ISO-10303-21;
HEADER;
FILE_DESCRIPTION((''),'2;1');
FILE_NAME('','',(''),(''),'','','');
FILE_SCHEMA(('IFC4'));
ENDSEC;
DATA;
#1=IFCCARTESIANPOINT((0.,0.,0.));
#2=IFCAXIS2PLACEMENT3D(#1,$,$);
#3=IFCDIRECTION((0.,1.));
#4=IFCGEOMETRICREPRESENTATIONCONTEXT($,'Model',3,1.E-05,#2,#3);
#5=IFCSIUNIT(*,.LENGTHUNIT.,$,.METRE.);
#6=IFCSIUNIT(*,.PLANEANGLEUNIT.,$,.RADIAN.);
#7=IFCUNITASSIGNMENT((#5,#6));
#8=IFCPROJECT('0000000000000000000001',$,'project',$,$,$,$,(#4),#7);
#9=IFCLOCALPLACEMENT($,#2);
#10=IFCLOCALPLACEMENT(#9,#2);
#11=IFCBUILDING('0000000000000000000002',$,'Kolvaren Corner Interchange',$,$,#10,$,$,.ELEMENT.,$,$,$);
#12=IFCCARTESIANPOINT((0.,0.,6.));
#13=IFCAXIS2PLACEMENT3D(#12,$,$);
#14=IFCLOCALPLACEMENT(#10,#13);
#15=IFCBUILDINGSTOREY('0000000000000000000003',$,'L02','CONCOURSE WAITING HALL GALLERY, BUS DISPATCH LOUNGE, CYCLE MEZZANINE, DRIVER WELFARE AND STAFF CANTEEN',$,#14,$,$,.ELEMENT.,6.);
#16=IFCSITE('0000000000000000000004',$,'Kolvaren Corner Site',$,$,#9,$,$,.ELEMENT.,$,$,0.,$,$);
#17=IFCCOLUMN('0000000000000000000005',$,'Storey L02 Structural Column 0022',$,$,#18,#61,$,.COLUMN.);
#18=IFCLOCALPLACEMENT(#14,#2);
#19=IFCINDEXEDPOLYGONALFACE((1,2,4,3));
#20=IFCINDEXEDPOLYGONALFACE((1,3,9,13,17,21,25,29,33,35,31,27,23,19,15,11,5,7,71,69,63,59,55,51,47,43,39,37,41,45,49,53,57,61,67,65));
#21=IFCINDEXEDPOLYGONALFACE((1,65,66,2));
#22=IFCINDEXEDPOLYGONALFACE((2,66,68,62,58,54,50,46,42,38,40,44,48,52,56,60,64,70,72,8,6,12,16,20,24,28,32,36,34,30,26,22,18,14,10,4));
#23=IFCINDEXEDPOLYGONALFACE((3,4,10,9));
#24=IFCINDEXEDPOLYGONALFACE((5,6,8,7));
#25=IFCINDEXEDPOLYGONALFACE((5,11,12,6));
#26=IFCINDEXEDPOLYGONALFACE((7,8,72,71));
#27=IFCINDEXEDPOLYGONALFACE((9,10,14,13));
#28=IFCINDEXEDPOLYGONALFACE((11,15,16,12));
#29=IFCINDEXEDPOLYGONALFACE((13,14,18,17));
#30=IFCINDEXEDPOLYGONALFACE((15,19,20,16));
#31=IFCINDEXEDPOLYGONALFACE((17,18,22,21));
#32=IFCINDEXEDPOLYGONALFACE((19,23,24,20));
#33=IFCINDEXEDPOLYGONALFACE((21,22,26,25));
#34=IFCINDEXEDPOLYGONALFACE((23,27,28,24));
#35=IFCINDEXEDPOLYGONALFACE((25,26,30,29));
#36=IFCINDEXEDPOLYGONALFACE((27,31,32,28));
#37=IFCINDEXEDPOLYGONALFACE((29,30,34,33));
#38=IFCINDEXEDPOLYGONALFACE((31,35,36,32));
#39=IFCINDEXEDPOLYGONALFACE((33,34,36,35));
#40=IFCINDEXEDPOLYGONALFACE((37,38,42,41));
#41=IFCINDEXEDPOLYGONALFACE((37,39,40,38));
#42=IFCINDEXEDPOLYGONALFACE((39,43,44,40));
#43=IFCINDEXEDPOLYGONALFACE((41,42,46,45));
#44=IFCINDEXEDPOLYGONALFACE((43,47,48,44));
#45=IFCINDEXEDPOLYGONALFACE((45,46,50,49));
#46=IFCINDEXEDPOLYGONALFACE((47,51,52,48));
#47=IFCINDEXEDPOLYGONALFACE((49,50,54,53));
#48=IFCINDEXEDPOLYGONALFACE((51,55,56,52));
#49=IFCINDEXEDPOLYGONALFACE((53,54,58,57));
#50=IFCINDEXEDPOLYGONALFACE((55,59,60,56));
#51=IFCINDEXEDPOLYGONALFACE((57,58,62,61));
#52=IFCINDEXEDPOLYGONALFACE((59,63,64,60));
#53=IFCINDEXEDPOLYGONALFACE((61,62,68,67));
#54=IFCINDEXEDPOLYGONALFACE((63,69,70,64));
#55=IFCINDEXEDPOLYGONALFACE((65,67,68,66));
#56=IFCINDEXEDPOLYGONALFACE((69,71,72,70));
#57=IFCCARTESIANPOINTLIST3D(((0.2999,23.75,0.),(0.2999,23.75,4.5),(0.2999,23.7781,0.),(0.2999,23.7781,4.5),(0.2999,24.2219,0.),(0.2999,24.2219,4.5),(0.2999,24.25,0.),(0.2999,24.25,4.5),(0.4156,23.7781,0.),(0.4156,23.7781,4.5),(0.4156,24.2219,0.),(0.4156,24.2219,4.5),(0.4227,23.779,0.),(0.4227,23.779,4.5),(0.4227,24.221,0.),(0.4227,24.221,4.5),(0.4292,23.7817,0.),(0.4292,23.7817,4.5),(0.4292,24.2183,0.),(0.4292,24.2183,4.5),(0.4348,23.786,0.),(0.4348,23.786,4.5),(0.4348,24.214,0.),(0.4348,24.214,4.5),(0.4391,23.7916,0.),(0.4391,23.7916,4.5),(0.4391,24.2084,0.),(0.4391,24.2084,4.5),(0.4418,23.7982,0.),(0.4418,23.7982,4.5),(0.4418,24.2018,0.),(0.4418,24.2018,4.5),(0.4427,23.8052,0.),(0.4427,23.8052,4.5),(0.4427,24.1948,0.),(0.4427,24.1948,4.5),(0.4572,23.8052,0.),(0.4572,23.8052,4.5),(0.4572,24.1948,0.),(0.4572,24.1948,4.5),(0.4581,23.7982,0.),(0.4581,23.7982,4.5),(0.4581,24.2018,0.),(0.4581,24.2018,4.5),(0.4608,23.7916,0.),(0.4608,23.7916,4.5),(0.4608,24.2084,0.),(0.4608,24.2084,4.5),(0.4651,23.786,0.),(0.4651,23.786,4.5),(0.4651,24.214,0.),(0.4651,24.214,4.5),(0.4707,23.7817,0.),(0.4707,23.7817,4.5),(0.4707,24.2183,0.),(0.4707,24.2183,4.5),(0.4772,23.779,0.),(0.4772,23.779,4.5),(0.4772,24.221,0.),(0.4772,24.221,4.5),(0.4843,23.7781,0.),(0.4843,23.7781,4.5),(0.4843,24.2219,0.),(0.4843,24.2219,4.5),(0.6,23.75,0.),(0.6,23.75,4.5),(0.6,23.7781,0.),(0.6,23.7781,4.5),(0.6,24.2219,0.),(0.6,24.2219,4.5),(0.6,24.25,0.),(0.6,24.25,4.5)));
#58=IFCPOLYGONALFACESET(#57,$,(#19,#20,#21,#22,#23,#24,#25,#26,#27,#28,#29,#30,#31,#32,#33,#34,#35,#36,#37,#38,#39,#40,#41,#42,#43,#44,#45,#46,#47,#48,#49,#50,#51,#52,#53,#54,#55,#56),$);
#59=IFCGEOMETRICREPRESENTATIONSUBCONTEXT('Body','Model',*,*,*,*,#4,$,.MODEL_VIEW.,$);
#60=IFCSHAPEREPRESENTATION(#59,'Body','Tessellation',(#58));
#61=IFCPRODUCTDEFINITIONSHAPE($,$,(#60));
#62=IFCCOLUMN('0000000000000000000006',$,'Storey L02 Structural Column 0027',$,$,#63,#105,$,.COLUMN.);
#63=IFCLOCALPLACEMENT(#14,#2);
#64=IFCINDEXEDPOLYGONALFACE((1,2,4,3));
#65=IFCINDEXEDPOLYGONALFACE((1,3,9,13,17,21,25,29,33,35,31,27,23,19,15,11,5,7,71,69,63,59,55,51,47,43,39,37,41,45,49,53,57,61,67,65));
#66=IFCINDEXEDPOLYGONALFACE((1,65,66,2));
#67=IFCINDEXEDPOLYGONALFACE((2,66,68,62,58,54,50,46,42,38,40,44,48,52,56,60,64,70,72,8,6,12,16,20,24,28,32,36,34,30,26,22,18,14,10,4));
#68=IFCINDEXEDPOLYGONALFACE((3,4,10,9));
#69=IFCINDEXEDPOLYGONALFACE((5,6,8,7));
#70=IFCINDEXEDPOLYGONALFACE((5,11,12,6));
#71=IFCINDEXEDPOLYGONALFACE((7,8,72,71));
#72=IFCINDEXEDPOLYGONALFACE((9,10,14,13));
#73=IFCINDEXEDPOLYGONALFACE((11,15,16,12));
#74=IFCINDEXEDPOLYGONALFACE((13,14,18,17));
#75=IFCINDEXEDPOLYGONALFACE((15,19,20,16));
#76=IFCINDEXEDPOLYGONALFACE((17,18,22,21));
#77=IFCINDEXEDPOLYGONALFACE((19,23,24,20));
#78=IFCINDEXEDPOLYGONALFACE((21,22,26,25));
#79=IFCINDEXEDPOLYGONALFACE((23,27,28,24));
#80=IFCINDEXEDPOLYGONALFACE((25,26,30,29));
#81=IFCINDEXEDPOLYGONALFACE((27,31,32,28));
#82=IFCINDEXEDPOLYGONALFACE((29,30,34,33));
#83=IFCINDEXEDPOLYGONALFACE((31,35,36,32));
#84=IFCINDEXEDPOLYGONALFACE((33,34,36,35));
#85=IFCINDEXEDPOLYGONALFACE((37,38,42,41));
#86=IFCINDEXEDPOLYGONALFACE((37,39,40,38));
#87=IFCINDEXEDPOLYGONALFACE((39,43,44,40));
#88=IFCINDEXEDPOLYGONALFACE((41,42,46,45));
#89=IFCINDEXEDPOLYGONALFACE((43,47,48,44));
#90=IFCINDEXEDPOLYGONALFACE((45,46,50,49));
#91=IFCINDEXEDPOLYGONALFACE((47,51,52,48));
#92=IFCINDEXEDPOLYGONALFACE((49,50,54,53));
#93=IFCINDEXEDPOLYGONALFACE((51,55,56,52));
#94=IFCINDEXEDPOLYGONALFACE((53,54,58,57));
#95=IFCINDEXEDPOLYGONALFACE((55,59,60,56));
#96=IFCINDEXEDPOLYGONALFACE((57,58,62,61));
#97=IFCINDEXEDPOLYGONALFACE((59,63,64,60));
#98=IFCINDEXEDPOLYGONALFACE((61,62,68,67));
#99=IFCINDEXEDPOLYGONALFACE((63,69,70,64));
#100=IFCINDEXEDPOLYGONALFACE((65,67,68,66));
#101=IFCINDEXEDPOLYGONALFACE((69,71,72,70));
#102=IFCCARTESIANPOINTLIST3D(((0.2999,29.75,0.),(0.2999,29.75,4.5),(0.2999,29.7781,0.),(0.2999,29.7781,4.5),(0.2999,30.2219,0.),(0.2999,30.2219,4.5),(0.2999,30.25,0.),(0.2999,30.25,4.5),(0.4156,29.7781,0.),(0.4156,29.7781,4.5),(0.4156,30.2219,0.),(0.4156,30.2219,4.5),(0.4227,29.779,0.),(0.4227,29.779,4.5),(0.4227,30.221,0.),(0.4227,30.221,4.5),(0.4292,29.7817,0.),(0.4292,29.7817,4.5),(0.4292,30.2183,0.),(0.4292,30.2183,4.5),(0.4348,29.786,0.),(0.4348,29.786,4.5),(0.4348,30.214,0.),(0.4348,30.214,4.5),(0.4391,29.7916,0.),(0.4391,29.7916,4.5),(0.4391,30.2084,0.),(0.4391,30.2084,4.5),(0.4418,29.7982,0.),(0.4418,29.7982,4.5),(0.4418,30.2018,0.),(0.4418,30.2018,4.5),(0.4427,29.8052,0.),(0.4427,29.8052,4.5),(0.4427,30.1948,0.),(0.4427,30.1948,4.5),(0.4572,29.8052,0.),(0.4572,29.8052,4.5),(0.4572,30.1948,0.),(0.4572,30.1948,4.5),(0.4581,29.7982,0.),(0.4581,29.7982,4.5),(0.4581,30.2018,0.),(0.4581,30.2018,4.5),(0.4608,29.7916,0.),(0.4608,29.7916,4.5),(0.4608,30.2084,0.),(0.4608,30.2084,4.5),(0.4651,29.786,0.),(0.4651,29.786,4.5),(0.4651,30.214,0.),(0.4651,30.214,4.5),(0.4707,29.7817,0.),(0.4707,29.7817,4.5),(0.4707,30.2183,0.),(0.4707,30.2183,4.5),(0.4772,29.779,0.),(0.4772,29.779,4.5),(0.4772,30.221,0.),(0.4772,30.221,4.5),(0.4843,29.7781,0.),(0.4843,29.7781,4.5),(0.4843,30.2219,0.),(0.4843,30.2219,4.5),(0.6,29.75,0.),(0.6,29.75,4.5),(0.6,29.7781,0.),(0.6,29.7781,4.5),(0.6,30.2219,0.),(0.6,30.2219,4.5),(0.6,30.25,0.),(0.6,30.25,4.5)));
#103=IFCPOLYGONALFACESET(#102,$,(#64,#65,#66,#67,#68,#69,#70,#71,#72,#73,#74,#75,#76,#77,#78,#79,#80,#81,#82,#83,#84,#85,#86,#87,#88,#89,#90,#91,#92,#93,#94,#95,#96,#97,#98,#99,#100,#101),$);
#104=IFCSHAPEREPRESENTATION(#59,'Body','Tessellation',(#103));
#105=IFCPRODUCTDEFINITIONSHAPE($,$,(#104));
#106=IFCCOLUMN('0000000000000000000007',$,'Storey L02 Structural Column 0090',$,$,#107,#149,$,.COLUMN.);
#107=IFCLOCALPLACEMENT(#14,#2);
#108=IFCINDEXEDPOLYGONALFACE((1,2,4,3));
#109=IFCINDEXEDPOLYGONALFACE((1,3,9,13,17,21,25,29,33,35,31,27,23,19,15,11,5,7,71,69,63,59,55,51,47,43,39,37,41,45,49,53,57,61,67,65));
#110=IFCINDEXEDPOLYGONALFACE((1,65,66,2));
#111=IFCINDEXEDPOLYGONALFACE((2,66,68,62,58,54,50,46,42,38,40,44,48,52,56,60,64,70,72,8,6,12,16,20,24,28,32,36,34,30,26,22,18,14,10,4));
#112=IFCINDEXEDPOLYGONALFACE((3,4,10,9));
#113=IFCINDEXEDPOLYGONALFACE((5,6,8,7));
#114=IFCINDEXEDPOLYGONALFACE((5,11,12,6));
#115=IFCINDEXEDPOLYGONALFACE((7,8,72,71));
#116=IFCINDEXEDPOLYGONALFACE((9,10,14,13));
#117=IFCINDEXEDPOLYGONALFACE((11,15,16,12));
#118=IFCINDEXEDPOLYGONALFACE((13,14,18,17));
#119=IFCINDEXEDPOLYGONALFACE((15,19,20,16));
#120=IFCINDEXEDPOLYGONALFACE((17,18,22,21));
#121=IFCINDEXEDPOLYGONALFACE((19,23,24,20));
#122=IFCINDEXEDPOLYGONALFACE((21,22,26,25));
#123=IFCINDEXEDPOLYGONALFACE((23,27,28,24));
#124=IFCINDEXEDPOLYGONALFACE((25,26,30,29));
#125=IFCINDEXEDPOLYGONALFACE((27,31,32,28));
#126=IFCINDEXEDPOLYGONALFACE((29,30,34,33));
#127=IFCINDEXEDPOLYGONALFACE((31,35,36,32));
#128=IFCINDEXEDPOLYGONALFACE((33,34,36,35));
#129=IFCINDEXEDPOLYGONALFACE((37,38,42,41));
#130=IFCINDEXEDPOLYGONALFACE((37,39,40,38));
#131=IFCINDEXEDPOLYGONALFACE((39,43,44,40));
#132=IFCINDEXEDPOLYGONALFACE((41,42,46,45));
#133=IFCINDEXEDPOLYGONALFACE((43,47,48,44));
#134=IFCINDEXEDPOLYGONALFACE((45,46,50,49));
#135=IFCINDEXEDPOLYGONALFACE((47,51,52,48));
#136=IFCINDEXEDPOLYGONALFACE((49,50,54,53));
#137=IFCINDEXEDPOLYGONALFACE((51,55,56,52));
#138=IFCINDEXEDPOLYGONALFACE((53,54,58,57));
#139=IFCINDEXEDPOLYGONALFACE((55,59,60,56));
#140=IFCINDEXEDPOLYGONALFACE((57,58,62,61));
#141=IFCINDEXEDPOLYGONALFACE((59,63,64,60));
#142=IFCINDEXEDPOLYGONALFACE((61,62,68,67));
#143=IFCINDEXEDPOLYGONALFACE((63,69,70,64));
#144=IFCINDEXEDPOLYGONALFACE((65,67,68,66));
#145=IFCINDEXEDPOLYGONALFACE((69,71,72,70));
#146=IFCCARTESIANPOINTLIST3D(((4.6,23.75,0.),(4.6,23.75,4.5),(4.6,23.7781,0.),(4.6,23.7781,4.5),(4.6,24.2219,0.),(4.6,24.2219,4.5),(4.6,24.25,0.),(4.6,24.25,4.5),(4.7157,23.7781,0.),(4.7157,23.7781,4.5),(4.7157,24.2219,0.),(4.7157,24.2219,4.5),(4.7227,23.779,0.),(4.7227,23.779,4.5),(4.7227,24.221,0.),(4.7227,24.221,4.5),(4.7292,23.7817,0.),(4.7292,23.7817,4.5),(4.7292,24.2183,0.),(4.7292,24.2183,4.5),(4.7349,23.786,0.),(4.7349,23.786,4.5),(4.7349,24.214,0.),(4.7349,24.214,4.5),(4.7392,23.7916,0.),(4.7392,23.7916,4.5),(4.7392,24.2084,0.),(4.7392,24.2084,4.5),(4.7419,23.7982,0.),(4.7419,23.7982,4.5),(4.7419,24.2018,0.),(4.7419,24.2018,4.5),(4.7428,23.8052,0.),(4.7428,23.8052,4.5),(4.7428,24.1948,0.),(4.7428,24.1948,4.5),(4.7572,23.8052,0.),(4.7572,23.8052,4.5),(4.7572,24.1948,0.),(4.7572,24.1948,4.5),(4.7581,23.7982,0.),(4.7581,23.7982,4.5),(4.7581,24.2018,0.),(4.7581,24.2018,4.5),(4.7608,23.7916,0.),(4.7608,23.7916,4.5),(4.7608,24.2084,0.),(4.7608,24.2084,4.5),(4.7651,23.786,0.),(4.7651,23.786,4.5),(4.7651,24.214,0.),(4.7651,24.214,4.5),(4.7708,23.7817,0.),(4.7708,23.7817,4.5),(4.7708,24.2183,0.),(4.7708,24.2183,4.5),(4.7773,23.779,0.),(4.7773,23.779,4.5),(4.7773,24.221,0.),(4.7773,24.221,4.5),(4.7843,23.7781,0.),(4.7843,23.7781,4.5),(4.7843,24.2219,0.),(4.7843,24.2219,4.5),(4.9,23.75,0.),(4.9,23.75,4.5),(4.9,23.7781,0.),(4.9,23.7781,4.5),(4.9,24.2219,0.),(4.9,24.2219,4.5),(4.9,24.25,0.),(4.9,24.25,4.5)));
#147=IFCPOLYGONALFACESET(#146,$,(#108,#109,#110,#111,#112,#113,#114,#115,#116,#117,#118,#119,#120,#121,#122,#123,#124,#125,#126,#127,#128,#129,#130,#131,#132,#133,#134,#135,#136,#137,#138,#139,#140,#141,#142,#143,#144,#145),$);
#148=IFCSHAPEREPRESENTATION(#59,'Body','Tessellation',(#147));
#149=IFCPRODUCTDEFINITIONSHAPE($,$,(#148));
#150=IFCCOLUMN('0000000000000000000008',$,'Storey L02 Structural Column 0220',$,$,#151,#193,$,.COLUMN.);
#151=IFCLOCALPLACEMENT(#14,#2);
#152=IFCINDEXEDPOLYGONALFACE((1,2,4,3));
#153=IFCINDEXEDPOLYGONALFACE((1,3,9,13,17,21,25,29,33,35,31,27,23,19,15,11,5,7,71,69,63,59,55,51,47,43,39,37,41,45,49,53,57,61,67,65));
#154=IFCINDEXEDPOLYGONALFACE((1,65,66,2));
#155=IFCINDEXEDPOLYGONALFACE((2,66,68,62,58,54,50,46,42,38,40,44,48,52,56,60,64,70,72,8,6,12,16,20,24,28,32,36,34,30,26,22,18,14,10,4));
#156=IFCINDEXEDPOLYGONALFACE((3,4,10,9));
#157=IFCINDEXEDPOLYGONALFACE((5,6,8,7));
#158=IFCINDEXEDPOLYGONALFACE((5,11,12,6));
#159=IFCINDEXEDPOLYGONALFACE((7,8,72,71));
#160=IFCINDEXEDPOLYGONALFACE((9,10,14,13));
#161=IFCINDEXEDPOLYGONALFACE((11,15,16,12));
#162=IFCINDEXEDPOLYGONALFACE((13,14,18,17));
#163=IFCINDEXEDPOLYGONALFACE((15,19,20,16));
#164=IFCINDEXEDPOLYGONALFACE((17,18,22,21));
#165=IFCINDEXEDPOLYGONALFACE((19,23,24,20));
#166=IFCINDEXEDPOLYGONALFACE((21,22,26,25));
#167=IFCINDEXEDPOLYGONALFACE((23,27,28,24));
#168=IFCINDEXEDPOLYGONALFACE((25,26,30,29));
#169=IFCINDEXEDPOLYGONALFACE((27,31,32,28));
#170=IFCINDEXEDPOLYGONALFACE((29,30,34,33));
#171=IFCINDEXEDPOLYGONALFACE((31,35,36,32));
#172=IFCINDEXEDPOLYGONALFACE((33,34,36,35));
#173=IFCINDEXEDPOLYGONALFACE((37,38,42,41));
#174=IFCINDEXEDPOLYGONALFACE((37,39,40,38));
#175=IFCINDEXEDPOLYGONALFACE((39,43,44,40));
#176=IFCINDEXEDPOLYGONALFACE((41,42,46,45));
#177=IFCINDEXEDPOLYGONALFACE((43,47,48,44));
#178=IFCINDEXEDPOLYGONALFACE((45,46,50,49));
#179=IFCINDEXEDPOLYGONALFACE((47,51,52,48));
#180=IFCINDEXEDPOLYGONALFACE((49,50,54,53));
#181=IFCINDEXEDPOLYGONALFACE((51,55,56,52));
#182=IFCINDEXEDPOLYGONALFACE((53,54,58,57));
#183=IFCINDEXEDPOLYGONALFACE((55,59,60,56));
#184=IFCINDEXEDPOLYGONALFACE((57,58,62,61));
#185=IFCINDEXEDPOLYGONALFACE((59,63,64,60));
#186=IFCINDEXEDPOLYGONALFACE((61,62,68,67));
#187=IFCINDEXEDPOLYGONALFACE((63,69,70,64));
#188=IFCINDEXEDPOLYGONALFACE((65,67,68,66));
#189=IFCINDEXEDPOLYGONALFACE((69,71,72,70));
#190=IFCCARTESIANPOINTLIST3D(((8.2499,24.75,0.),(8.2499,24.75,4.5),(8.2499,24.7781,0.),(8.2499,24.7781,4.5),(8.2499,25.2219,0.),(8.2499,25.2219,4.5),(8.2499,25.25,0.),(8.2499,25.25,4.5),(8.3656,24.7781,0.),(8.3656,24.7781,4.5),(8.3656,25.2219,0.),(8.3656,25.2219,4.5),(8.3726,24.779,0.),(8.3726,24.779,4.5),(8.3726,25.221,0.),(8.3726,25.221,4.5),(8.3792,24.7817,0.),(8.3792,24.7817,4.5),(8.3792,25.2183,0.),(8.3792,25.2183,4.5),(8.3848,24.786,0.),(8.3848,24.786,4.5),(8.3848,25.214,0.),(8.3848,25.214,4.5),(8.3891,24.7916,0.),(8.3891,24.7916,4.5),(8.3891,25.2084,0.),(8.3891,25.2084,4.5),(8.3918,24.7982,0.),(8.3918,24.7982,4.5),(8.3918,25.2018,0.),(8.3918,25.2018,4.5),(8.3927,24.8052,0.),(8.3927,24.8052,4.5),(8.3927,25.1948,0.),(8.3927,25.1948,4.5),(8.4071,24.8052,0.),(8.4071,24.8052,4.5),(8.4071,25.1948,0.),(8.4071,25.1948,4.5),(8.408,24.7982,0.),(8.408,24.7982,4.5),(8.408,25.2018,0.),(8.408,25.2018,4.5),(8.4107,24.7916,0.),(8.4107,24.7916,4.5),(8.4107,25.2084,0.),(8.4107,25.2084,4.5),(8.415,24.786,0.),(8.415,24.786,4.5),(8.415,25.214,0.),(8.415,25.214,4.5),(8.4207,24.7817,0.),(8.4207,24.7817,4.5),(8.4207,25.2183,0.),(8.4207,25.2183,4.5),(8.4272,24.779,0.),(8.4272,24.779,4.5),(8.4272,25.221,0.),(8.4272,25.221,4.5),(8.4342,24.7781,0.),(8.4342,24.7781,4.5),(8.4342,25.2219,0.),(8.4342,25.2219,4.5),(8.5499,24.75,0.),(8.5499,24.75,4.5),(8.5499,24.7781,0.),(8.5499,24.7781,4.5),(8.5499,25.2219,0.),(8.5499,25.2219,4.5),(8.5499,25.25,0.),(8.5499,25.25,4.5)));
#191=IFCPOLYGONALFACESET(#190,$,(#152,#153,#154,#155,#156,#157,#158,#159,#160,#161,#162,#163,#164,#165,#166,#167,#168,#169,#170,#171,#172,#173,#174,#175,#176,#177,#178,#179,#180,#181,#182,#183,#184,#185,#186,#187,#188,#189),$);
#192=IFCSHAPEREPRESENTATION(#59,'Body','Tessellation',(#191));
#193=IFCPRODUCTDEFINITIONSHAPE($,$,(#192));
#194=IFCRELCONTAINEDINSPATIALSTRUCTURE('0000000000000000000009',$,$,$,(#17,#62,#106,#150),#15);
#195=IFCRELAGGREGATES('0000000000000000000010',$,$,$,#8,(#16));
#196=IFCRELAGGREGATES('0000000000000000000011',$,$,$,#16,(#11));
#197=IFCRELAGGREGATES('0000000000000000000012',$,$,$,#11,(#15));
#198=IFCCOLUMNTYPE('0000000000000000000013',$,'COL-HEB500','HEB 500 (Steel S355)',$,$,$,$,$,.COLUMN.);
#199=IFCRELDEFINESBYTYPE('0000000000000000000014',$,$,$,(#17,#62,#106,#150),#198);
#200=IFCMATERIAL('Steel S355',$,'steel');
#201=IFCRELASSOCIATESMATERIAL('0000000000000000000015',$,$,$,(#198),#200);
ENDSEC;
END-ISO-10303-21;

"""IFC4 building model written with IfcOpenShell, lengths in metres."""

from ifc_helpers import new_model, si_unit, direction, frame, origin, origin_2d, place, context, subcontext, project, spatial, i_section, extrude, material, material_profile, profile_set, type_object, element, save


model = new_model("IFC4")

# Units and contexts
model_context = context("Model", 3, precision=1e-05, world=origin(), true_north=direction((0.0, 1.0)))
body_context = subcontext(model_context, "Body", "Model", "MODEL_VIEW")
ifc_project = project(units=[si_unit("LENGTHUNIT", "METRE"), si_unit("PLANEANGLEUNIT", "RADIAN")], contexts=[model_context])

# Site, building, storey
site_placement = place(None, origin())
site = spatial("IfcSite", under=ifc_project, at=site_placement, Name="Kolvaren Corner Site", CompositionType="ELEMENT", RefElevation=0.0)
building_placement = place(site_placement, origin())
building = spatial("IfcBuilding", under=site, at=building_placement, Name="Kolvaren Corner Interchange", CompositionType="ELEMENT")
storey_placement = place(building_placement, frame((0.0, 0.0, 6.0)))
storey = spatial("IfcBuildingStorey", under=building, at=storey_placement, Name="L02", Description="CONCOURSE WAITING HALL GALLERY, BUS DISPATCH LOUNGE, CYCLE MEZZANINE, DRIVER WELFARE AND STAFF CANTEEN", CompositionType="ELEMENT", Elevation=6.0)

# Columns
ifc_material_1 = material(Name="Steel S355", Category="steel")
ifc_material_profile_1 = material_profile(ifc_material_1, i_section(OverallWidth=0.3, OverallDepth=0.5, WebThickness=0.0144, FlangeThickness=0.0281, FilletRadius=0.0271, at=origin_2d()), Name="HEB 500")
ifc_profile_set_1 = profile_set([ifc_material_profile_1], Name="Steel S355")
column_type = type_object("IfcColumnType", Name="COL-HEB500", Description="HEB 500 (Steel S355)", PredefinedType="COLUMN", material=ifc_profile_set_1)
for number, where, z_axis, x_axis, name in (
    (1, (0.45, 24.0, 0.0), (0.0, 0.0, 1.0), (1.0, 0.0, 0.0), "Storey L02 Structural Column 0022"),
    (2, (0.45, 30.0, 0.0), (0.0, 0.0, 1.0), (1.0, 0.0, 0.0), "Storey L02 Structural Column 0027"),
    (3, (4.75, 24.0, 0.0), (0.0, 0.0, 1.0), (1.0, 0.0, 0.0), "Storey L02 Structural Column 0090"),
    (4, (8.3999, 25.0, 0.0), (0.0, 0.0, 1.0), (1.0, 0.0, 0.0), "Storey L02 Structural Column 0220"),
):
    element("IfcColumn", number, at=place(storey_placement, frame(where, z_axis=z_axis, x_axis=x_axis)), inside=storey, type_object=column_type, Name=name, PredefinedType="COLUMN", context=body_context, shape_type="SweptSolid", body=[
        extrude(i_section(OverallWidth=0.3, OverallDepth=0.5, WebThickness=0.0144, FlangeThickness=0.0281, FilletRadius=0.0271, at=origin_2d()), origin(), (0.0, 0.0, 1.0), 4.5),
    ])

save(model, "model.ifc")
